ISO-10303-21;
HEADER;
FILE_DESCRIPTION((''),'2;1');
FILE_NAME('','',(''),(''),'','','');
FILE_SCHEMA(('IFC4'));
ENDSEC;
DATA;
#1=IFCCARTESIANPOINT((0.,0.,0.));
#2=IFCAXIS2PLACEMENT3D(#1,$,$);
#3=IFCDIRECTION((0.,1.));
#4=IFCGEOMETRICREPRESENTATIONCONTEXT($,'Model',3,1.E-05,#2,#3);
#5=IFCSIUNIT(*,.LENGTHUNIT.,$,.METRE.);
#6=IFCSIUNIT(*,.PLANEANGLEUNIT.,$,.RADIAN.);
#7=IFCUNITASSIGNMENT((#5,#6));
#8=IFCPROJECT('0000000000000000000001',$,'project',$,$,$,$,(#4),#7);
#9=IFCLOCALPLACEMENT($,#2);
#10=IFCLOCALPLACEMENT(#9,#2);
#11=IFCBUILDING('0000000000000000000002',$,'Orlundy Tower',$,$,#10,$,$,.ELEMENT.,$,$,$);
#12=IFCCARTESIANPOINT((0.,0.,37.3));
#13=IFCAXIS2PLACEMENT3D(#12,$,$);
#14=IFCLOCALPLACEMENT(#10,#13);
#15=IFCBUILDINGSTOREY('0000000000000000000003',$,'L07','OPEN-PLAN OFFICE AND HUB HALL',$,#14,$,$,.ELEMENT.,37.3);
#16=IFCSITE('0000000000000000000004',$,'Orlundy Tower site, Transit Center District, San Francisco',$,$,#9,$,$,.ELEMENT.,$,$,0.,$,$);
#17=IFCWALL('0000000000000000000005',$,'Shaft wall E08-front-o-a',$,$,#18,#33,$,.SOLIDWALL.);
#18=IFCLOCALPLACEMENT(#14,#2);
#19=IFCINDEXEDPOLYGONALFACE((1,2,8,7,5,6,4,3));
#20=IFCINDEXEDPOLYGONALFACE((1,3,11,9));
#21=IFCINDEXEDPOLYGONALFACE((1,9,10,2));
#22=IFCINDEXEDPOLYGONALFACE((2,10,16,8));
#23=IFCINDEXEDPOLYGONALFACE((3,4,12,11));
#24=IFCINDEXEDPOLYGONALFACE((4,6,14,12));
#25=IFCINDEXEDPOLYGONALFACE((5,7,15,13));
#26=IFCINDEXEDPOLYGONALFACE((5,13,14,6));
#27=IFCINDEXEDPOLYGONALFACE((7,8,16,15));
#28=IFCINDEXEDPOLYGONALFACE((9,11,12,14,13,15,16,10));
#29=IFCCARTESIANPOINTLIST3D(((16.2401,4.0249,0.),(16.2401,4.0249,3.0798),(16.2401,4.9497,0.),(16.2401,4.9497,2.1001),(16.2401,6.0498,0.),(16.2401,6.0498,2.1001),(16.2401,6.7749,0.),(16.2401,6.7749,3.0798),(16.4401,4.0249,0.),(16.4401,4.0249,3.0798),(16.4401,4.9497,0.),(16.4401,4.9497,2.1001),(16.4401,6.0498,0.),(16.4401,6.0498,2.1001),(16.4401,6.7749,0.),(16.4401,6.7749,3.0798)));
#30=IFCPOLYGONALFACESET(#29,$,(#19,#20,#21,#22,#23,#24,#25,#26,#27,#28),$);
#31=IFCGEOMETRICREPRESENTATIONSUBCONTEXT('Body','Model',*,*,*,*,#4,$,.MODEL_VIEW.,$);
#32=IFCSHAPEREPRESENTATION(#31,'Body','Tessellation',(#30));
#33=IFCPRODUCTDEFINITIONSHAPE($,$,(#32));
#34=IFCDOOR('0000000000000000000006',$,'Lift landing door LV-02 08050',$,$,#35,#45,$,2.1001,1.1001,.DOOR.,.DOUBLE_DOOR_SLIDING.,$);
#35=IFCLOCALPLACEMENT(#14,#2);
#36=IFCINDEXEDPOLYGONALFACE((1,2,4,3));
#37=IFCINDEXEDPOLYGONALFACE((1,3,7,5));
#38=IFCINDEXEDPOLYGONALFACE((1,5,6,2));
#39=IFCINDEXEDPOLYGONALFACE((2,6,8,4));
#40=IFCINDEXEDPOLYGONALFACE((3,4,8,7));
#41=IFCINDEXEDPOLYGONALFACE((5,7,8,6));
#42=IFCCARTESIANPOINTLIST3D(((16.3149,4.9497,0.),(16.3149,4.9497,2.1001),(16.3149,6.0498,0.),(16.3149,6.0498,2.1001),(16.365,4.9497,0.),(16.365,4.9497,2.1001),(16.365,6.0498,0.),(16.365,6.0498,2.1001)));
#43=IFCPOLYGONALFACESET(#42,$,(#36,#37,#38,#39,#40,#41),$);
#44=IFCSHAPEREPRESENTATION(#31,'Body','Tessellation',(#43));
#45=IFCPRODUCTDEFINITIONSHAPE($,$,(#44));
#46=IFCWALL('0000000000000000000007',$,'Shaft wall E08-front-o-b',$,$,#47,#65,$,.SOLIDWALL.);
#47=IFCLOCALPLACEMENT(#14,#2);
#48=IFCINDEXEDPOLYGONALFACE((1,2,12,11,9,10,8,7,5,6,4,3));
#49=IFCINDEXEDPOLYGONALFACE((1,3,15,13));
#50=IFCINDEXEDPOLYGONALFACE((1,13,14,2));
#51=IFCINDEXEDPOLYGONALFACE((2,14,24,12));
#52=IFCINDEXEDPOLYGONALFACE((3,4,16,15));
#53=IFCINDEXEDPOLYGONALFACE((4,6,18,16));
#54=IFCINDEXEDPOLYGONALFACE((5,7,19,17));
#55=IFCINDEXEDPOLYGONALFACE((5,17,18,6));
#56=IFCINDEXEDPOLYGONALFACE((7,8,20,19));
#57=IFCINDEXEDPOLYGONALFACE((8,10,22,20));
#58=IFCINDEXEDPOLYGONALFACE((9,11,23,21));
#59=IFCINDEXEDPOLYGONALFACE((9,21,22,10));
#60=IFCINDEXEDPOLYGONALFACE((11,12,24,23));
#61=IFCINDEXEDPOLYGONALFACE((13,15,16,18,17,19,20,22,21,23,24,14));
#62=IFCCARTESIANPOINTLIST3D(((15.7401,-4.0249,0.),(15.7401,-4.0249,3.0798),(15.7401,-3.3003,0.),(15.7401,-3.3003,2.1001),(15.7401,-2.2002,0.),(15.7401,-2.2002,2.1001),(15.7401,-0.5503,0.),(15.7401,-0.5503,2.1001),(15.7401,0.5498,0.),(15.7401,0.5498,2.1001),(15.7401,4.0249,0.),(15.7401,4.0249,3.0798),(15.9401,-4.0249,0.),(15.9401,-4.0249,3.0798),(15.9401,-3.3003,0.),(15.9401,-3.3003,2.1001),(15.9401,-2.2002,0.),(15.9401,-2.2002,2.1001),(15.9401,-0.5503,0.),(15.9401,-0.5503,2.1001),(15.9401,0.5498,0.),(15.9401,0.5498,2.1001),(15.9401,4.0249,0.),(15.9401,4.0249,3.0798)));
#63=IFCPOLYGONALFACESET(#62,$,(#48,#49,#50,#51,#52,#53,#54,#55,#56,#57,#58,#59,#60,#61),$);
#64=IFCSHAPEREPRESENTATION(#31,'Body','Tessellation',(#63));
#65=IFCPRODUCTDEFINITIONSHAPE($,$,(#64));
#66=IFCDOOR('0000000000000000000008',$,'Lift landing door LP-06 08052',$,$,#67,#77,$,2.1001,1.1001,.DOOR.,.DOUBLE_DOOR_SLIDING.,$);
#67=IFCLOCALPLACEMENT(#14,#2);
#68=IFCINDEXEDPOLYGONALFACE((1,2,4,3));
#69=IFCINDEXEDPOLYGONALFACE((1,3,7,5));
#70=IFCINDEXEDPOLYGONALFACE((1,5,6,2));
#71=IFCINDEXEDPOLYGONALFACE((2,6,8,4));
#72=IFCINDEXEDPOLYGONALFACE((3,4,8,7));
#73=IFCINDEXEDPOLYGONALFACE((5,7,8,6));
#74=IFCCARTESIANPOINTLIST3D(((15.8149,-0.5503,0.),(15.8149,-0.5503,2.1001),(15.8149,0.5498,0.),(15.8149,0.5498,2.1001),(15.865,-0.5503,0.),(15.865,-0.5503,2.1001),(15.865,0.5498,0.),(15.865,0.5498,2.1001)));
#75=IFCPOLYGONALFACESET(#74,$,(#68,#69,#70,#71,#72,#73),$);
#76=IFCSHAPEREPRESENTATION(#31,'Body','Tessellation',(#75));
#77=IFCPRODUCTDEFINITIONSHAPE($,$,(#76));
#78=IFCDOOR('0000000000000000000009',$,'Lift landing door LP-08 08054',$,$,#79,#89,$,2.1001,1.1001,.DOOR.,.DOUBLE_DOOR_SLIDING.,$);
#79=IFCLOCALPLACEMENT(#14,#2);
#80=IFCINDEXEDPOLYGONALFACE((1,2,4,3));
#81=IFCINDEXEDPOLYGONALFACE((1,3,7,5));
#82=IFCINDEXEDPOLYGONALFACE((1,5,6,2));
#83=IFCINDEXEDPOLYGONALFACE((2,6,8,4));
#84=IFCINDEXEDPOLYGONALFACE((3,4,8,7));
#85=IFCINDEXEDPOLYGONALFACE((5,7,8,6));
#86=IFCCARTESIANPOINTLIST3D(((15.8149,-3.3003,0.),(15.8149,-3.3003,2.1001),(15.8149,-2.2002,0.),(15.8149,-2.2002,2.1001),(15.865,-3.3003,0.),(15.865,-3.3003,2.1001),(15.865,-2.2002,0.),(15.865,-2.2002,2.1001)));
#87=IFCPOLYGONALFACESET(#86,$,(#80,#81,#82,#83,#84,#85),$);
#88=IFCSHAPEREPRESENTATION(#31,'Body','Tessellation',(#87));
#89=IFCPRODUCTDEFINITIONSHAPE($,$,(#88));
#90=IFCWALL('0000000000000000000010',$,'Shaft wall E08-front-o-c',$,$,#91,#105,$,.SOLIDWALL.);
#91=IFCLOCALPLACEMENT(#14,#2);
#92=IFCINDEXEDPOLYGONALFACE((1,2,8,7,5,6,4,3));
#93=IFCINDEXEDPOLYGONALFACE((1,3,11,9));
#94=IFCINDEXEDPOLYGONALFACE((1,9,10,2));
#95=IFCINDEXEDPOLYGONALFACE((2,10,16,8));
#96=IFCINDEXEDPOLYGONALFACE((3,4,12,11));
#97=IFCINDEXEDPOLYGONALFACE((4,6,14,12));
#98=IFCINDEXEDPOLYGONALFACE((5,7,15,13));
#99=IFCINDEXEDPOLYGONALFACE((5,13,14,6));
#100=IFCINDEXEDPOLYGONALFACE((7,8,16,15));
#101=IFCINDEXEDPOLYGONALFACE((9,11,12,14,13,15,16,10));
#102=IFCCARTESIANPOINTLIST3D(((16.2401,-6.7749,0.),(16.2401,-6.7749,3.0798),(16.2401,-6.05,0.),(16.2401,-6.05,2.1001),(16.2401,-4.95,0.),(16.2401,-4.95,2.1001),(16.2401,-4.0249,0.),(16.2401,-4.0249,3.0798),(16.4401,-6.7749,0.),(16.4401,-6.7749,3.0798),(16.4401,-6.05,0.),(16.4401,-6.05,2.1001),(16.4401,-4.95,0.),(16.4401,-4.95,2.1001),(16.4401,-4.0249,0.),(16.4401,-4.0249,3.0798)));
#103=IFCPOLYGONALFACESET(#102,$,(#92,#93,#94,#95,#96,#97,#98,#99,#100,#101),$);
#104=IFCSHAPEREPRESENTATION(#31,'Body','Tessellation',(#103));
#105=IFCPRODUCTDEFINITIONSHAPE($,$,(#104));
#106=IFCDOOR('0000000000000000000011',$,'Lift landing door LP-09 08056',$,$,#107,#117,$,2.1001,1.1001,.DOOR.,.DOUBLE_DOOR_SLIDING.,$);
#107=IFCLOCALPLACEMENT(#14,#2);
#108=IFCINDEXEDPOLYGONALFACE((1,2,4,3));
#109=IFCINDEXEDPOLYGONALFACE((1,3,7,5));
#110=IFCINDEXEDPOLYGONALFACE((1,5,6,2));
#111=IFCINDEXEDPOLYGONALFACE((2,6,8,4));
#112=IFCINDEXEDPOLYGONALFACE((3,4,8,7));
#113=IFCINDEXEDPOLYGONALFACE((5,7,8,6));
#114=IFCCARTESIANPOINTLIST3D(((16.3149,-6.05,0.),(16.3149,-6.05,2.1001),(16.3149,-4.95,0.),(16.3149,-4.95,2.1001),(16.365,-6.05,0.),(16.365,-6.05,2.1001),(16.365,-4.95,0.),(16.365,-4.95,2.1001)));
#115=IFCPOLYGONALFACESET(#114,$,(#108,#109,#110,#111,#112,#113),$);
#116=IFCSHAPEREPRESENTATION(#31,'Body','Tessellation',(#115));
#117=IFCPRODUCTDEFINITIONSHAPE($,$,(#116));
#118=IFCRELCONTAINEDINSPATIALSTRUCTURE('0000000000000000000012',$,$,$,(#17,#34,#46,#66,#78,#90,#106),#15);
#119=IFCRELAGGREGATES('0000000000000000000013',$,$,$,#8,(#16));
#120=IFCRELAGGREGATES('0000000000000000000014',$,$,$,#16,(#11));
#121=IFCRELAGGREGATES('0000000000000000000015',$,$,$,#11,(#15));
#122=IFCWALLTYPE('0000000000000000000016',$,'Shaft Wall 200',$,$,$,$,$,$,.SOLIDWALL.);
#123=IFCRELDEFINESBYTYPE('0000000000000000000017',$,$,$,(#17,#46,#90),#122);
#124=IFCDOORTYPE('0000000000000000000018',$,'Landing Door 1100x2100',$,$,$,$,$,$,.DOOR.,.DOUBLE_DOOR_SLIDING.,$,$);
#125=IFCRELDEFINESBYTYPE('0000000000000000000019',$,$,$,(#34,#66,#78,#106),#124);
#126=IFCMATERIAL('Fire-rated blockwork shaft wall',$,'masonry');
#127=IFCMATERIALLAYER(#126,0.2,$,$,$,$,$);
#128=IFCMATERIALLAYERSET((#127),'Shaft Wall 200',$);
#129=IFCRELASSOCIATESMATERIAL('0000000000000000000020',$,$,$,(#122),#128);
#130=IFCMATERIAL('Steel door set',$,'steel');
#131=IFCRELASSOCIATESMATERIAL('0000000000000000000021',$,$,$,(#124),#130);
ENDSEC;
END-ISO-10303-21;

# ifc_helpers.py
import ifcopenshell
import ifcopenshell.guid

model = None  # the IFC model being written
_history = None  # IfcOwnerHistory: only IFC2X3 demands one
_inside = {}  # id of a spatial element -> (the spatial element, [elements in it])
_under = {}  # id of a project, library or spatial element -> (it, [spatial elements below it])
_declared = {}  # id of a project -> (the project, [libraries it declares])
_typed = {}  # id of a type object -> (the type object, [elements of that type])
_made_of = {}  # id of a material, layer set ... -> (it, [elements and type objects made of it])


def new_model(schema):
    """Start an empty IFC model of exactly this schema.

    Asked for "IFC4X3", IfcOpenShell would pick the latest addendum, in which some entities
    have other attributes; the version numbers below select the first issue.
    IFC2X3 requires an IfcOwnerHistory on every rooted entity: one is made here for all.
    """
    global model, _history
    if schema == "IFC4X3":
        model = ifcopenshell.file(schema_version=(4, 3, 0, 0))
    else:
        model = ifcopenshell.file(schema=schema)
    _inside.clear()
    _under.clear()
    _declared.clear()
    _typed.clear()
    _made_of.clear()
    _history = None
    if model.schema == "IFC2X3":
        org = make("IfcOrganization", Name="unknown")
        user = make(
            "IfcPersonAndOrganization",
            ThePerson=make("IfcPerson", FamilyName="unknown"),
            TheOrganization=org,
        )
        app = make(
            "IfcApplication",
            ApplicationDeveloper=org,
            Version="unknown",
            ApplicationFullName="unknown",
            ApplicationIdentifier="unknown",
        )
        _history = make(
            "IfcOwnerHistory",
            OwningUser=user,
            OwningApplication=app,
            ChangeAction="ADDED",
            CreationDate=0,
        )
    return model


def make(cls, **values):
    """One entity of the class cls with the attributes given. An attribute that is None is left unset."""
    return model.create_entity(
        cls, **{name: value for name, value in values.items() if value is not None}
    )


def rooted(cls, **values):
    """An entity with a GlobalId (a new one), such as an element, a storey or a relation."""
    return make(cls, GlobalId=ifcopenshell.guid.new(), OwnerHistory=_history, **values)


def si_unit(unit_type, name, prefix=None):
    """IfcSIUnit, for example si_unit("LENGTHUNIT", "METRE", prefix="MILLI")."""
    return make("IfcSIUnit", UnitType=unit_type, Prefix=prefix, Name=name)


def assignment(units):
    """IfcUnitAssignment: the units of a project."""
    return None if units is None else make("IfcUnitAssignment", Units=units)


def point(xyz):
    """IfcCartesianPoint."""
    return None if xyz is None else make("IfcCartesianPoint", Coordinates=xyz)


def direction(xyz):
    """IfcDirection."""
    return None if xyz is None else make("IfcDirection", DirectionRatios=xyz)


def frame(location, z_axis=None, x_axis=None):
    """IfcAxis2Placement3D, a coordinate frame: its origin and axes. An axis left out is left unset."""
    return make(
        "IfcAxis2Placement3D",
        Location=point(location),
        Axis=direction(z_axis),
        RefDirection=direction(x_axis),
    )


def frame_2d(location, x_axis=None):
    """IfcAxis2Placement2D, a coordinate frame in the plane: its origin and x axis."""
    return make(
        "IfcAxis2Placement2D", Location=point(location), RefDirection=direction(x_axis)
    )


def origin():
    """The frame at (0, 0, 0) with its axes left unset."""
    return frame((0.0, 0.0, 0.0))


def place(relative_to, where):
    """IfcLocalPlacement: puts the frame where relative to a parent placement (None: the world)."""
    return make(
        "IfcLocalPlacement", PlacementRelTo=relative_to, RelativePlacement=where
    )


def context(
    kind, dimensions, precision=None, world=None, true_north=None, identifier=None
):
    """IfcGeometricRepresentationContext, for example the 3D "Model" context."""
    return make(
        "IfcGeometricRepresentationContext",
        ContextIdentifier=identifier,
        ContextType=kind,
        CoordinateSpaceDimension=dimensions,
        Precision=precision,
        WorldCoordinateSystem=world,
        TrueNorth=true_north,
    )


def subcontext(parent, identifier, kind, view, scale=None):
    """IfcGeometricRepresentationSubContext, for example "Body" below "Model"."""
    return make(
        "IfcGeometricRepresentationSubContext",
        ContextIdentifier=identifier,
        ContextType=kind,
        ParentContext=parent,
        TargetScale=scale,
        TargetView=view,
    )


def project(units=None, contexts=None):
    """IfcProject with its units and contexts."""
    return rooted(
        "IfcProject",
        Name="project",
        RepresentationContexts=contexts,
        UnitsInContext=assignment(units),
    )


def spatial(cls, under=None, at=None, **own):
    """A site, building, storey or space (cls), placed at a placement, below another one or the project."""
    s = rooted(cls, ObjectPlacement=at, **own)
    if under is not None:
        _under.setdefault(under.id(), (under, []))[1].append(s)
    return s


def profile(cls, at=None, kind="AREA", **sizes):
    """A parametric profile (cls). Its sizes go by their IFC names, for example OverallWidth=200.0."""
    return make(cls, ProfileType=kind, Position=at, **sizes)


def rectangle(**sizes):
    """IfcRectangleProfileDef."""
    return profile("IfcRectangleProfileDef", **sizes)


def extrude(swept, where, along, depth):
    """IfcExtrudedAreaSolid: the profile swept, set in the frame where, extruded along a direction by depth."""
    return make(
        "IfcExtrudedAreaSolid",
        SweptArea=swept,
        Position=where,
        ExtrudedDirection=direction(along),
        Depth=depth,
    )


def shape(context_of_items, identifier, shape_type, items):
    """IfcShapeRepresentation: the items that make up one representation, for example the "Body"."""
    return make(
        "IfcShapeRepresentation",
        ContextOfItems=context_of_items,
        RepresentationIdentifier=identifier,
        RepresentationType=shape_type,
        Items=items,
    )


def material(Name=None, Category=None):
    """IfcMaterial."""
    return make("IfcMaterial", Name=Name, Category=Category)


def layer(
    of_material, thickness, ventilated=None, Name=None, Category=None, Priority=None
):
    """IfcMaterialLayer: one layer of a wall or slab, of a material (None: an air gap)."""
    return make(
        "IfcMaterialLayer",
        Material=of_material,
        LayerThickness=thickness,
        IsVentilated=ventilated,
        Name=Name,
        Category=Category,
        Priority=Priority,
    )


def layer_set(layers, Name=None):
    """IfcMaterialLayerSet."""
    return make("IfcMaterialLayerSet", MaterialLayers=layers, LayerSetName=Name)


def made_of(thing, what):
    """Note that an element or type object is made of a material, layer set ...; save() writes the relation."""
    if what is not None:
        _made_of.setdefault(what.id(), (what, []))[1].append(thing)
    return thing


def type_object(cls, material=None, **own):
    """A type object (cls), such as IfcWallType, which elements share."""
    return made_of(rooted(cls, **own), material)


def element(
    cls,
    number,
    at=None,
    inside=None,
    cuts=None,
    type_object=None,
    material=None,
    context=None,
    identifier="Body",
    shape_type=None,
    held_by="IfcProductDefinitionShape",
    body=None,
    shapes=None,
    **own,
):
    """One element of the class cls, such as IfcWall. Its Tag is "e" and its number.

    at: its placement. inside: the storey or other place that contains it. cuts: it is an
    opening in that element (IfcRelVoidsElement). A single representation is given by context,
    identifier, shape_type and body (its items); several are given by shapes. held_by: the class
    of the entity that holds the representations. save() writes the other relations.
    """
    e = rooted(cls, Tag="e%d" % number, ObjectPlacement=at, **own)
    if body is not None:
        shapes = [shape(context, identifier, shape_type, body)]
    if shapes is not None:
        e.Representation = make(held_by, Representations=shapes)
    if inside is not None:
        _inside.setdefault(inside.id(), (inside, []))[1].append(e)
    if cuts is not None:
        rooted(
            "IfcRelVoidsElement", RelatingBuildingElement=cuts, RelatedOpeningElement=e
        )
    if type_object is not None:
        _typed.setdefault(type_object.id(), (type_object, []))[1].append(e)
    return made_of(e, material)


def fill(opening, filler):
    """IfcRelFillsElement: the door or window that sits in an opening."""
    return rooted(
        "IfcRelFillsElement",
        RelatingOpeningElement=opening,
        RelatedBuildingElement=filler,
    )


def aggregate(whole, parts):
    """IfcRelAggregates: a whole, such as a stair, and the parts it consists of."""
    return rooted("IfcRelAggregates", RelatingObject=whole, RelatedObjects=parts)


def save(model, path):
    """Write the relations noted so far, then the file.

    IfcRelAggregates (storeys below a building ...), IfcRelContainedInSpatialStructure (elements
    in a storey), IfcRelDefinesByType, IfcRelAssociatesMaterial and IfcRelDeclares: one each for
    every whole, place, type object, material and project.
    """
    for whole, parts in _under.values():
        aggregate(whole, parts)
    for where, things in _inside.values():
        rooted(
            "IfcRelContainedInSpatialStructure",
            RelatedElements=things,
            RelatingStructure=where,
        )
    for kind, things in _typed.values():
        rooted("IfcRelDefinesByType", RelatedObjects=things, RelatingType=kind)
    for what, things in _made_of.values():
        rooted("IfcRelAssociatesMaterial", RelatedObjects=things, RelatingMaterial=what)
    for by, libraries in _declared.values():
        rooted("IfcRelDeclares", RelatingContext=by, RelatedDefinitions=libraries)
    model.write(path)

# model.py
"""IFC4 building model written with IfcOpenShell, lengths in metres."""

from ifc_helpers import new_model, si_unit, direction, frame, frame_2d, origin, place, context, subcontext, project, spatial, rectangle, extrude, material, layer, layer_set, type_object, element, fill, save


model = new_model("IFC4")

# Units and contexts
model_context = context("Model", 3, precision=1e-05, world=origin(), true_north=direction((0.0, 1.0)))
body_context = subcontext(model_context, "Body", "Model", "MODEL_VIEW")
ifc_project = project(units=[si_unit("LENGTHUNIT", "METRE"), si_unit("PLANEANGLEUNIT", "RADIAN")], contexts=[model_context])

# Site, building, storey
site_placement = place(None, origin())
site = spatial("IfcSite", under=ifc_project, at=site_placement, Name="Orlundy Tower site, Transit Center District, San Francisco", CompositionType="ELEMENT", RefElevation=0.0)
building_placement = place(site_placement, origin())
building = spatial("IfcBuilding", under=site, at=building_placement, Name="Orlundy Tower", CompositionType="ELEMENT")
storey_placement = place(building_placement, frame((0.0, 0.0, 37.3)))
storey = spatial("IfcBuildingStorey", under=building, at=storey_placement, Name="L07", Description="OPEN-PLAN OFFICE AND HUB HALL", CompositionType="ELEMENT", Elevation=37.3)

# Shared definitions
ifc_material_1 = material(Name="Fire-rated blockwork shaft wall", Category="masonry")
ifc_layer_1 = layer(ifc_material_1, 0.2)
ifc_layer_set_1 = layer_set([ifc_layer_1], Name="Shaft Wall 200")
wall_type_1 = type_object("IfcWallType", Name="Shaft Wall 200", PredefinedType="SOLIDWALL", material=ifc_layer_set_1)

# Wall, opening, door
wall_1_placement = place(storey_placement, frame((16.3401, 6.7749, 0.0), z_axis=(0.0, 0.0, 1.0), x_axis=(0.0, -1.0, 0.0)))
wall_1 = element("IfcWall", 1, at=wall_1_placement, inside=storey, type_object=wall_type_1, Name="Shaft wall E08-front-o-a", PredefinedType="SOLIDWALL", context=body_context, shape_type="SweptSolid", body=[
    extrude(rectangle(XDim=2.75, YDim=0.2, at=frame_2d((1.375, 0.0))), origin(), (0.0, 0.0, 1.0), 3.0798),
])
opening_1_placement = place(wall_1_placement, frame((0.7251, 0.0, 0.0)))
opening_1 = element("IfcOpeningElement", 2, at=opening_1_placement, cuts=wall_1, PredefinedType="OPENING", context=body_context, shape_type="SweptSolid", body=[
    extrude(rectangle(XDim=1.1001, YDim=2.1001, at=frame_2d((0.55, 1.05))), frame((0.0, 0.1101, 0.0), z_axis=(0.0, -1.0, 0.0), x_axis=(1.0, 0.0, 0.0)), (0.0, 0.0, 1.0), 0.2202),
])
ifc_material_2 = material(Name="Steel door set", Category="steel")
door_type_1 = type_object("IfcDoorType", Name="Landing Door 1100x2100", OperationType="DOUBLE_DOOR_SLIDING", PredefinedType="DOOR", material=ifc_material_2)
door_1_placement = place(opening_1_placement, origin())
door_1 = element("IfcDoor", 3, at=door_1_placement, inside=storey, type_object=door_type_1, Name="Lift landing door LV-02 08050", OperationType="DOUBLE_DOOR_SLIDING", OverallHeight=2.1001, OverallWidth=1.1001, PredefinedType="DOOR", context=body_context, shape_type="SweptSolid", body=[
    extrude(rectangle(XDim=1.1001, YDim=2.1001, at=frame_2d((0.55, 1.05))), frame((0.0, 0.0249, 0.0), z_axis=(0.0, -1.0, 0.0), x_axis=(1.0, 0.0, 0.0)), (0.0, 0.0, 1.0), 0.05),
])
fill(opening_1, door_1)

# Wall, openings, doors
wall_2_placement = place(storey_placement, frame((15.8401, 4.0249, 0.0), z_axis=(0.0, 0.0, 1.0), x_axis=(0.0, -1.0, 0.0)))
wall_2 = element("IfcWall", 4, at=wall_2_placement, inside=storey, type_object=wall_type_1, Name="Shaft wall E08-front-o-b", PredefinedType="SOLIDWALL", context=body_context, shape_type="SweptSolid", body=[
    extrude(rectangle(XDim=8.0498, YDim=0.2, at=frame_2d((4.0249, 0.0))), origin(), (0.0, 0.0, 1.0), 3.0798),
])
opening_2_placement = place(wall_2_placement, frame((3.4751, 0.0, 0.0)))
opening_2 = element("IfcOpeningElement", 5, at=opening_2_placement, cuts=wall_2, PredefinedType="OPENING", context=body_context, shape_type="SweptSolid", body=[
    extrude(rectangle(XDim=1.1001, YDim=2.1001, at=frame_2d((0.55, 1.05))), frame((0.0, 0.1101, 0.0), z_axis=(0.0, -1.0, 0.0), x_axis=(1.0, 0.0, 0.0)), (0.0, 0.0, 1.0), 0.2202),
])
opening_3_placement = place(wall_2_placement, frame((6.2251, 0.0, 0.0)))
opening_3 = element("IfcOpeningElement", 6, at=opening_3_placement, cuts=wall_2, PredefinedType="OPENING", context=body_context, shape_type="SweptSolid", body=[
    extrude(rectangle(XDim=1.1001, YDim=2.1001, at=frame_2d((0.55, 1.05))), frame((0.0, 0.1101, 0.0), z_axis=(0.0, -1.0, 0.0), x_axis=(1.0, 0.0, 0.0)), (0.0, 0.0, 1.0), 0.2202),
])
door_2_placement = place(opening_2_placement, origin())
door_2 = element("IfcDoor", 7, at=door_2_placement, inside=storey, type_object=door_type_1, Name="Lift landing door LP-06 08052", OperationType="DOUBLE_DOOR_SLIDING", OverallHeight=2.1001, OverallWidth=1.1001, PredefinedType="DOOR", context=body_context, shape_type="SweptSolid", body=[
    extrude(rectangle(XDim=1.1001, YDim=2.1001, at=frame_2d((0.55, 1.05))), frame((0.0, 0.0249, 0.0), z_axis=(0.0, -1.0, 0.0), x_axis=(1.0, 0.0, 0.0)), (0.0, 0.0, 1.0), 0.05),
])
fill(opening_2, door_2)
door_3_placement = place(opening_3_placement, origin())
door_3 = element("IfcDoor", 8, at=door_3_placement, inside=storey, type_object=door_type_1, Name="Lift landing door LP-08 08054", OperationType="DOUBLE_DOOR_SLIDING", OverallHeight=2.1001, OverallWidth=1.1001, PredefinedType="DOOR", context=body_context, shape_type="SweptSolid", body=[
    extrude(rectangle(XDim=1.1001, YDim=2.1001, at=frame_2d((0.55, 1.05))), frame((0.0, 0.0249, 0.0), z_axis=(0.0, -1.0, 0.0), x_axis=(1.0, 0.0, 0.0)), (0.0, 0.0, 1.0), 0.05),
])
fill(opening_3, door_3)

# Wall, opening, door
wall_3_placement = place(storey_placement, frame((16.3401, -4.0249, 0.0), z_axis=(0.0, 0.0, 1.0), x_axis=(0.0, -1.0, 0.0)))
wall_3 = element("IfcWall", 9, at=wall_3_placement, inside=storey, type_object=wall_type_1, Name="Shaft wall E08-front-o-c", PredefinedType="SOLIDWALL", context=body_context, shape_type="SweptSolid", body=[
    extrude(rectangle(XDim=2.75, YDim=0.2, at=frame_2d((1.375, 0.0))), origin(), (0.0, 0.0, 1.0), 3.0798),
])
opening_4_placement = place(wall_3_placement, frame((0.925, 0.0, 0.0)))
opening_4 = element("IfcOpeningElement", 10, at=opening_4_placement, cuts=wall_3, PredefinedType="OPENING", context=body_context, shape_type="SweptSolid", body=[
    extrude(rectangle(XDim=1.1001, YDim=2.1001, at=frame_2d((0.55, 1.05))), frame((0.0, 0.1101, 0.0), z_axis=(0.0, -1.0, 0.0), x_axis=(1.0, 0.0, 0.0)), (0.0, 0.0, 1.0), 0.2202),
])
door_4_placement = place(opening_4_placement, origin())
door_4 = element("IfcDoor", 11, at=door_4_placement, inside=storey, type_object=door_type_1, Name="Lift landing door LP-09 08056", OperationType="DOUBLE_DOOR_SLIDING", OverallHeight=2.1001, OverallWidth=1.1001, PredefinedType="DOOR", context=body_context, shape_type="SweptSolid", body=[
    extrude(rectangle(XDim=1.1001, YDim=2.1001, at=frame_2d((0.55, 1.05))), frame((0.0, 0.0249, 0.0), z_axis=(0.0, -1.0, 0.0), x_axis=(1.0, 0.0, 0.0)), (0.0, 0.0, 1.0), 0.05),
])
fill(opening_4, door_4)

save(model, "model.ifc")
